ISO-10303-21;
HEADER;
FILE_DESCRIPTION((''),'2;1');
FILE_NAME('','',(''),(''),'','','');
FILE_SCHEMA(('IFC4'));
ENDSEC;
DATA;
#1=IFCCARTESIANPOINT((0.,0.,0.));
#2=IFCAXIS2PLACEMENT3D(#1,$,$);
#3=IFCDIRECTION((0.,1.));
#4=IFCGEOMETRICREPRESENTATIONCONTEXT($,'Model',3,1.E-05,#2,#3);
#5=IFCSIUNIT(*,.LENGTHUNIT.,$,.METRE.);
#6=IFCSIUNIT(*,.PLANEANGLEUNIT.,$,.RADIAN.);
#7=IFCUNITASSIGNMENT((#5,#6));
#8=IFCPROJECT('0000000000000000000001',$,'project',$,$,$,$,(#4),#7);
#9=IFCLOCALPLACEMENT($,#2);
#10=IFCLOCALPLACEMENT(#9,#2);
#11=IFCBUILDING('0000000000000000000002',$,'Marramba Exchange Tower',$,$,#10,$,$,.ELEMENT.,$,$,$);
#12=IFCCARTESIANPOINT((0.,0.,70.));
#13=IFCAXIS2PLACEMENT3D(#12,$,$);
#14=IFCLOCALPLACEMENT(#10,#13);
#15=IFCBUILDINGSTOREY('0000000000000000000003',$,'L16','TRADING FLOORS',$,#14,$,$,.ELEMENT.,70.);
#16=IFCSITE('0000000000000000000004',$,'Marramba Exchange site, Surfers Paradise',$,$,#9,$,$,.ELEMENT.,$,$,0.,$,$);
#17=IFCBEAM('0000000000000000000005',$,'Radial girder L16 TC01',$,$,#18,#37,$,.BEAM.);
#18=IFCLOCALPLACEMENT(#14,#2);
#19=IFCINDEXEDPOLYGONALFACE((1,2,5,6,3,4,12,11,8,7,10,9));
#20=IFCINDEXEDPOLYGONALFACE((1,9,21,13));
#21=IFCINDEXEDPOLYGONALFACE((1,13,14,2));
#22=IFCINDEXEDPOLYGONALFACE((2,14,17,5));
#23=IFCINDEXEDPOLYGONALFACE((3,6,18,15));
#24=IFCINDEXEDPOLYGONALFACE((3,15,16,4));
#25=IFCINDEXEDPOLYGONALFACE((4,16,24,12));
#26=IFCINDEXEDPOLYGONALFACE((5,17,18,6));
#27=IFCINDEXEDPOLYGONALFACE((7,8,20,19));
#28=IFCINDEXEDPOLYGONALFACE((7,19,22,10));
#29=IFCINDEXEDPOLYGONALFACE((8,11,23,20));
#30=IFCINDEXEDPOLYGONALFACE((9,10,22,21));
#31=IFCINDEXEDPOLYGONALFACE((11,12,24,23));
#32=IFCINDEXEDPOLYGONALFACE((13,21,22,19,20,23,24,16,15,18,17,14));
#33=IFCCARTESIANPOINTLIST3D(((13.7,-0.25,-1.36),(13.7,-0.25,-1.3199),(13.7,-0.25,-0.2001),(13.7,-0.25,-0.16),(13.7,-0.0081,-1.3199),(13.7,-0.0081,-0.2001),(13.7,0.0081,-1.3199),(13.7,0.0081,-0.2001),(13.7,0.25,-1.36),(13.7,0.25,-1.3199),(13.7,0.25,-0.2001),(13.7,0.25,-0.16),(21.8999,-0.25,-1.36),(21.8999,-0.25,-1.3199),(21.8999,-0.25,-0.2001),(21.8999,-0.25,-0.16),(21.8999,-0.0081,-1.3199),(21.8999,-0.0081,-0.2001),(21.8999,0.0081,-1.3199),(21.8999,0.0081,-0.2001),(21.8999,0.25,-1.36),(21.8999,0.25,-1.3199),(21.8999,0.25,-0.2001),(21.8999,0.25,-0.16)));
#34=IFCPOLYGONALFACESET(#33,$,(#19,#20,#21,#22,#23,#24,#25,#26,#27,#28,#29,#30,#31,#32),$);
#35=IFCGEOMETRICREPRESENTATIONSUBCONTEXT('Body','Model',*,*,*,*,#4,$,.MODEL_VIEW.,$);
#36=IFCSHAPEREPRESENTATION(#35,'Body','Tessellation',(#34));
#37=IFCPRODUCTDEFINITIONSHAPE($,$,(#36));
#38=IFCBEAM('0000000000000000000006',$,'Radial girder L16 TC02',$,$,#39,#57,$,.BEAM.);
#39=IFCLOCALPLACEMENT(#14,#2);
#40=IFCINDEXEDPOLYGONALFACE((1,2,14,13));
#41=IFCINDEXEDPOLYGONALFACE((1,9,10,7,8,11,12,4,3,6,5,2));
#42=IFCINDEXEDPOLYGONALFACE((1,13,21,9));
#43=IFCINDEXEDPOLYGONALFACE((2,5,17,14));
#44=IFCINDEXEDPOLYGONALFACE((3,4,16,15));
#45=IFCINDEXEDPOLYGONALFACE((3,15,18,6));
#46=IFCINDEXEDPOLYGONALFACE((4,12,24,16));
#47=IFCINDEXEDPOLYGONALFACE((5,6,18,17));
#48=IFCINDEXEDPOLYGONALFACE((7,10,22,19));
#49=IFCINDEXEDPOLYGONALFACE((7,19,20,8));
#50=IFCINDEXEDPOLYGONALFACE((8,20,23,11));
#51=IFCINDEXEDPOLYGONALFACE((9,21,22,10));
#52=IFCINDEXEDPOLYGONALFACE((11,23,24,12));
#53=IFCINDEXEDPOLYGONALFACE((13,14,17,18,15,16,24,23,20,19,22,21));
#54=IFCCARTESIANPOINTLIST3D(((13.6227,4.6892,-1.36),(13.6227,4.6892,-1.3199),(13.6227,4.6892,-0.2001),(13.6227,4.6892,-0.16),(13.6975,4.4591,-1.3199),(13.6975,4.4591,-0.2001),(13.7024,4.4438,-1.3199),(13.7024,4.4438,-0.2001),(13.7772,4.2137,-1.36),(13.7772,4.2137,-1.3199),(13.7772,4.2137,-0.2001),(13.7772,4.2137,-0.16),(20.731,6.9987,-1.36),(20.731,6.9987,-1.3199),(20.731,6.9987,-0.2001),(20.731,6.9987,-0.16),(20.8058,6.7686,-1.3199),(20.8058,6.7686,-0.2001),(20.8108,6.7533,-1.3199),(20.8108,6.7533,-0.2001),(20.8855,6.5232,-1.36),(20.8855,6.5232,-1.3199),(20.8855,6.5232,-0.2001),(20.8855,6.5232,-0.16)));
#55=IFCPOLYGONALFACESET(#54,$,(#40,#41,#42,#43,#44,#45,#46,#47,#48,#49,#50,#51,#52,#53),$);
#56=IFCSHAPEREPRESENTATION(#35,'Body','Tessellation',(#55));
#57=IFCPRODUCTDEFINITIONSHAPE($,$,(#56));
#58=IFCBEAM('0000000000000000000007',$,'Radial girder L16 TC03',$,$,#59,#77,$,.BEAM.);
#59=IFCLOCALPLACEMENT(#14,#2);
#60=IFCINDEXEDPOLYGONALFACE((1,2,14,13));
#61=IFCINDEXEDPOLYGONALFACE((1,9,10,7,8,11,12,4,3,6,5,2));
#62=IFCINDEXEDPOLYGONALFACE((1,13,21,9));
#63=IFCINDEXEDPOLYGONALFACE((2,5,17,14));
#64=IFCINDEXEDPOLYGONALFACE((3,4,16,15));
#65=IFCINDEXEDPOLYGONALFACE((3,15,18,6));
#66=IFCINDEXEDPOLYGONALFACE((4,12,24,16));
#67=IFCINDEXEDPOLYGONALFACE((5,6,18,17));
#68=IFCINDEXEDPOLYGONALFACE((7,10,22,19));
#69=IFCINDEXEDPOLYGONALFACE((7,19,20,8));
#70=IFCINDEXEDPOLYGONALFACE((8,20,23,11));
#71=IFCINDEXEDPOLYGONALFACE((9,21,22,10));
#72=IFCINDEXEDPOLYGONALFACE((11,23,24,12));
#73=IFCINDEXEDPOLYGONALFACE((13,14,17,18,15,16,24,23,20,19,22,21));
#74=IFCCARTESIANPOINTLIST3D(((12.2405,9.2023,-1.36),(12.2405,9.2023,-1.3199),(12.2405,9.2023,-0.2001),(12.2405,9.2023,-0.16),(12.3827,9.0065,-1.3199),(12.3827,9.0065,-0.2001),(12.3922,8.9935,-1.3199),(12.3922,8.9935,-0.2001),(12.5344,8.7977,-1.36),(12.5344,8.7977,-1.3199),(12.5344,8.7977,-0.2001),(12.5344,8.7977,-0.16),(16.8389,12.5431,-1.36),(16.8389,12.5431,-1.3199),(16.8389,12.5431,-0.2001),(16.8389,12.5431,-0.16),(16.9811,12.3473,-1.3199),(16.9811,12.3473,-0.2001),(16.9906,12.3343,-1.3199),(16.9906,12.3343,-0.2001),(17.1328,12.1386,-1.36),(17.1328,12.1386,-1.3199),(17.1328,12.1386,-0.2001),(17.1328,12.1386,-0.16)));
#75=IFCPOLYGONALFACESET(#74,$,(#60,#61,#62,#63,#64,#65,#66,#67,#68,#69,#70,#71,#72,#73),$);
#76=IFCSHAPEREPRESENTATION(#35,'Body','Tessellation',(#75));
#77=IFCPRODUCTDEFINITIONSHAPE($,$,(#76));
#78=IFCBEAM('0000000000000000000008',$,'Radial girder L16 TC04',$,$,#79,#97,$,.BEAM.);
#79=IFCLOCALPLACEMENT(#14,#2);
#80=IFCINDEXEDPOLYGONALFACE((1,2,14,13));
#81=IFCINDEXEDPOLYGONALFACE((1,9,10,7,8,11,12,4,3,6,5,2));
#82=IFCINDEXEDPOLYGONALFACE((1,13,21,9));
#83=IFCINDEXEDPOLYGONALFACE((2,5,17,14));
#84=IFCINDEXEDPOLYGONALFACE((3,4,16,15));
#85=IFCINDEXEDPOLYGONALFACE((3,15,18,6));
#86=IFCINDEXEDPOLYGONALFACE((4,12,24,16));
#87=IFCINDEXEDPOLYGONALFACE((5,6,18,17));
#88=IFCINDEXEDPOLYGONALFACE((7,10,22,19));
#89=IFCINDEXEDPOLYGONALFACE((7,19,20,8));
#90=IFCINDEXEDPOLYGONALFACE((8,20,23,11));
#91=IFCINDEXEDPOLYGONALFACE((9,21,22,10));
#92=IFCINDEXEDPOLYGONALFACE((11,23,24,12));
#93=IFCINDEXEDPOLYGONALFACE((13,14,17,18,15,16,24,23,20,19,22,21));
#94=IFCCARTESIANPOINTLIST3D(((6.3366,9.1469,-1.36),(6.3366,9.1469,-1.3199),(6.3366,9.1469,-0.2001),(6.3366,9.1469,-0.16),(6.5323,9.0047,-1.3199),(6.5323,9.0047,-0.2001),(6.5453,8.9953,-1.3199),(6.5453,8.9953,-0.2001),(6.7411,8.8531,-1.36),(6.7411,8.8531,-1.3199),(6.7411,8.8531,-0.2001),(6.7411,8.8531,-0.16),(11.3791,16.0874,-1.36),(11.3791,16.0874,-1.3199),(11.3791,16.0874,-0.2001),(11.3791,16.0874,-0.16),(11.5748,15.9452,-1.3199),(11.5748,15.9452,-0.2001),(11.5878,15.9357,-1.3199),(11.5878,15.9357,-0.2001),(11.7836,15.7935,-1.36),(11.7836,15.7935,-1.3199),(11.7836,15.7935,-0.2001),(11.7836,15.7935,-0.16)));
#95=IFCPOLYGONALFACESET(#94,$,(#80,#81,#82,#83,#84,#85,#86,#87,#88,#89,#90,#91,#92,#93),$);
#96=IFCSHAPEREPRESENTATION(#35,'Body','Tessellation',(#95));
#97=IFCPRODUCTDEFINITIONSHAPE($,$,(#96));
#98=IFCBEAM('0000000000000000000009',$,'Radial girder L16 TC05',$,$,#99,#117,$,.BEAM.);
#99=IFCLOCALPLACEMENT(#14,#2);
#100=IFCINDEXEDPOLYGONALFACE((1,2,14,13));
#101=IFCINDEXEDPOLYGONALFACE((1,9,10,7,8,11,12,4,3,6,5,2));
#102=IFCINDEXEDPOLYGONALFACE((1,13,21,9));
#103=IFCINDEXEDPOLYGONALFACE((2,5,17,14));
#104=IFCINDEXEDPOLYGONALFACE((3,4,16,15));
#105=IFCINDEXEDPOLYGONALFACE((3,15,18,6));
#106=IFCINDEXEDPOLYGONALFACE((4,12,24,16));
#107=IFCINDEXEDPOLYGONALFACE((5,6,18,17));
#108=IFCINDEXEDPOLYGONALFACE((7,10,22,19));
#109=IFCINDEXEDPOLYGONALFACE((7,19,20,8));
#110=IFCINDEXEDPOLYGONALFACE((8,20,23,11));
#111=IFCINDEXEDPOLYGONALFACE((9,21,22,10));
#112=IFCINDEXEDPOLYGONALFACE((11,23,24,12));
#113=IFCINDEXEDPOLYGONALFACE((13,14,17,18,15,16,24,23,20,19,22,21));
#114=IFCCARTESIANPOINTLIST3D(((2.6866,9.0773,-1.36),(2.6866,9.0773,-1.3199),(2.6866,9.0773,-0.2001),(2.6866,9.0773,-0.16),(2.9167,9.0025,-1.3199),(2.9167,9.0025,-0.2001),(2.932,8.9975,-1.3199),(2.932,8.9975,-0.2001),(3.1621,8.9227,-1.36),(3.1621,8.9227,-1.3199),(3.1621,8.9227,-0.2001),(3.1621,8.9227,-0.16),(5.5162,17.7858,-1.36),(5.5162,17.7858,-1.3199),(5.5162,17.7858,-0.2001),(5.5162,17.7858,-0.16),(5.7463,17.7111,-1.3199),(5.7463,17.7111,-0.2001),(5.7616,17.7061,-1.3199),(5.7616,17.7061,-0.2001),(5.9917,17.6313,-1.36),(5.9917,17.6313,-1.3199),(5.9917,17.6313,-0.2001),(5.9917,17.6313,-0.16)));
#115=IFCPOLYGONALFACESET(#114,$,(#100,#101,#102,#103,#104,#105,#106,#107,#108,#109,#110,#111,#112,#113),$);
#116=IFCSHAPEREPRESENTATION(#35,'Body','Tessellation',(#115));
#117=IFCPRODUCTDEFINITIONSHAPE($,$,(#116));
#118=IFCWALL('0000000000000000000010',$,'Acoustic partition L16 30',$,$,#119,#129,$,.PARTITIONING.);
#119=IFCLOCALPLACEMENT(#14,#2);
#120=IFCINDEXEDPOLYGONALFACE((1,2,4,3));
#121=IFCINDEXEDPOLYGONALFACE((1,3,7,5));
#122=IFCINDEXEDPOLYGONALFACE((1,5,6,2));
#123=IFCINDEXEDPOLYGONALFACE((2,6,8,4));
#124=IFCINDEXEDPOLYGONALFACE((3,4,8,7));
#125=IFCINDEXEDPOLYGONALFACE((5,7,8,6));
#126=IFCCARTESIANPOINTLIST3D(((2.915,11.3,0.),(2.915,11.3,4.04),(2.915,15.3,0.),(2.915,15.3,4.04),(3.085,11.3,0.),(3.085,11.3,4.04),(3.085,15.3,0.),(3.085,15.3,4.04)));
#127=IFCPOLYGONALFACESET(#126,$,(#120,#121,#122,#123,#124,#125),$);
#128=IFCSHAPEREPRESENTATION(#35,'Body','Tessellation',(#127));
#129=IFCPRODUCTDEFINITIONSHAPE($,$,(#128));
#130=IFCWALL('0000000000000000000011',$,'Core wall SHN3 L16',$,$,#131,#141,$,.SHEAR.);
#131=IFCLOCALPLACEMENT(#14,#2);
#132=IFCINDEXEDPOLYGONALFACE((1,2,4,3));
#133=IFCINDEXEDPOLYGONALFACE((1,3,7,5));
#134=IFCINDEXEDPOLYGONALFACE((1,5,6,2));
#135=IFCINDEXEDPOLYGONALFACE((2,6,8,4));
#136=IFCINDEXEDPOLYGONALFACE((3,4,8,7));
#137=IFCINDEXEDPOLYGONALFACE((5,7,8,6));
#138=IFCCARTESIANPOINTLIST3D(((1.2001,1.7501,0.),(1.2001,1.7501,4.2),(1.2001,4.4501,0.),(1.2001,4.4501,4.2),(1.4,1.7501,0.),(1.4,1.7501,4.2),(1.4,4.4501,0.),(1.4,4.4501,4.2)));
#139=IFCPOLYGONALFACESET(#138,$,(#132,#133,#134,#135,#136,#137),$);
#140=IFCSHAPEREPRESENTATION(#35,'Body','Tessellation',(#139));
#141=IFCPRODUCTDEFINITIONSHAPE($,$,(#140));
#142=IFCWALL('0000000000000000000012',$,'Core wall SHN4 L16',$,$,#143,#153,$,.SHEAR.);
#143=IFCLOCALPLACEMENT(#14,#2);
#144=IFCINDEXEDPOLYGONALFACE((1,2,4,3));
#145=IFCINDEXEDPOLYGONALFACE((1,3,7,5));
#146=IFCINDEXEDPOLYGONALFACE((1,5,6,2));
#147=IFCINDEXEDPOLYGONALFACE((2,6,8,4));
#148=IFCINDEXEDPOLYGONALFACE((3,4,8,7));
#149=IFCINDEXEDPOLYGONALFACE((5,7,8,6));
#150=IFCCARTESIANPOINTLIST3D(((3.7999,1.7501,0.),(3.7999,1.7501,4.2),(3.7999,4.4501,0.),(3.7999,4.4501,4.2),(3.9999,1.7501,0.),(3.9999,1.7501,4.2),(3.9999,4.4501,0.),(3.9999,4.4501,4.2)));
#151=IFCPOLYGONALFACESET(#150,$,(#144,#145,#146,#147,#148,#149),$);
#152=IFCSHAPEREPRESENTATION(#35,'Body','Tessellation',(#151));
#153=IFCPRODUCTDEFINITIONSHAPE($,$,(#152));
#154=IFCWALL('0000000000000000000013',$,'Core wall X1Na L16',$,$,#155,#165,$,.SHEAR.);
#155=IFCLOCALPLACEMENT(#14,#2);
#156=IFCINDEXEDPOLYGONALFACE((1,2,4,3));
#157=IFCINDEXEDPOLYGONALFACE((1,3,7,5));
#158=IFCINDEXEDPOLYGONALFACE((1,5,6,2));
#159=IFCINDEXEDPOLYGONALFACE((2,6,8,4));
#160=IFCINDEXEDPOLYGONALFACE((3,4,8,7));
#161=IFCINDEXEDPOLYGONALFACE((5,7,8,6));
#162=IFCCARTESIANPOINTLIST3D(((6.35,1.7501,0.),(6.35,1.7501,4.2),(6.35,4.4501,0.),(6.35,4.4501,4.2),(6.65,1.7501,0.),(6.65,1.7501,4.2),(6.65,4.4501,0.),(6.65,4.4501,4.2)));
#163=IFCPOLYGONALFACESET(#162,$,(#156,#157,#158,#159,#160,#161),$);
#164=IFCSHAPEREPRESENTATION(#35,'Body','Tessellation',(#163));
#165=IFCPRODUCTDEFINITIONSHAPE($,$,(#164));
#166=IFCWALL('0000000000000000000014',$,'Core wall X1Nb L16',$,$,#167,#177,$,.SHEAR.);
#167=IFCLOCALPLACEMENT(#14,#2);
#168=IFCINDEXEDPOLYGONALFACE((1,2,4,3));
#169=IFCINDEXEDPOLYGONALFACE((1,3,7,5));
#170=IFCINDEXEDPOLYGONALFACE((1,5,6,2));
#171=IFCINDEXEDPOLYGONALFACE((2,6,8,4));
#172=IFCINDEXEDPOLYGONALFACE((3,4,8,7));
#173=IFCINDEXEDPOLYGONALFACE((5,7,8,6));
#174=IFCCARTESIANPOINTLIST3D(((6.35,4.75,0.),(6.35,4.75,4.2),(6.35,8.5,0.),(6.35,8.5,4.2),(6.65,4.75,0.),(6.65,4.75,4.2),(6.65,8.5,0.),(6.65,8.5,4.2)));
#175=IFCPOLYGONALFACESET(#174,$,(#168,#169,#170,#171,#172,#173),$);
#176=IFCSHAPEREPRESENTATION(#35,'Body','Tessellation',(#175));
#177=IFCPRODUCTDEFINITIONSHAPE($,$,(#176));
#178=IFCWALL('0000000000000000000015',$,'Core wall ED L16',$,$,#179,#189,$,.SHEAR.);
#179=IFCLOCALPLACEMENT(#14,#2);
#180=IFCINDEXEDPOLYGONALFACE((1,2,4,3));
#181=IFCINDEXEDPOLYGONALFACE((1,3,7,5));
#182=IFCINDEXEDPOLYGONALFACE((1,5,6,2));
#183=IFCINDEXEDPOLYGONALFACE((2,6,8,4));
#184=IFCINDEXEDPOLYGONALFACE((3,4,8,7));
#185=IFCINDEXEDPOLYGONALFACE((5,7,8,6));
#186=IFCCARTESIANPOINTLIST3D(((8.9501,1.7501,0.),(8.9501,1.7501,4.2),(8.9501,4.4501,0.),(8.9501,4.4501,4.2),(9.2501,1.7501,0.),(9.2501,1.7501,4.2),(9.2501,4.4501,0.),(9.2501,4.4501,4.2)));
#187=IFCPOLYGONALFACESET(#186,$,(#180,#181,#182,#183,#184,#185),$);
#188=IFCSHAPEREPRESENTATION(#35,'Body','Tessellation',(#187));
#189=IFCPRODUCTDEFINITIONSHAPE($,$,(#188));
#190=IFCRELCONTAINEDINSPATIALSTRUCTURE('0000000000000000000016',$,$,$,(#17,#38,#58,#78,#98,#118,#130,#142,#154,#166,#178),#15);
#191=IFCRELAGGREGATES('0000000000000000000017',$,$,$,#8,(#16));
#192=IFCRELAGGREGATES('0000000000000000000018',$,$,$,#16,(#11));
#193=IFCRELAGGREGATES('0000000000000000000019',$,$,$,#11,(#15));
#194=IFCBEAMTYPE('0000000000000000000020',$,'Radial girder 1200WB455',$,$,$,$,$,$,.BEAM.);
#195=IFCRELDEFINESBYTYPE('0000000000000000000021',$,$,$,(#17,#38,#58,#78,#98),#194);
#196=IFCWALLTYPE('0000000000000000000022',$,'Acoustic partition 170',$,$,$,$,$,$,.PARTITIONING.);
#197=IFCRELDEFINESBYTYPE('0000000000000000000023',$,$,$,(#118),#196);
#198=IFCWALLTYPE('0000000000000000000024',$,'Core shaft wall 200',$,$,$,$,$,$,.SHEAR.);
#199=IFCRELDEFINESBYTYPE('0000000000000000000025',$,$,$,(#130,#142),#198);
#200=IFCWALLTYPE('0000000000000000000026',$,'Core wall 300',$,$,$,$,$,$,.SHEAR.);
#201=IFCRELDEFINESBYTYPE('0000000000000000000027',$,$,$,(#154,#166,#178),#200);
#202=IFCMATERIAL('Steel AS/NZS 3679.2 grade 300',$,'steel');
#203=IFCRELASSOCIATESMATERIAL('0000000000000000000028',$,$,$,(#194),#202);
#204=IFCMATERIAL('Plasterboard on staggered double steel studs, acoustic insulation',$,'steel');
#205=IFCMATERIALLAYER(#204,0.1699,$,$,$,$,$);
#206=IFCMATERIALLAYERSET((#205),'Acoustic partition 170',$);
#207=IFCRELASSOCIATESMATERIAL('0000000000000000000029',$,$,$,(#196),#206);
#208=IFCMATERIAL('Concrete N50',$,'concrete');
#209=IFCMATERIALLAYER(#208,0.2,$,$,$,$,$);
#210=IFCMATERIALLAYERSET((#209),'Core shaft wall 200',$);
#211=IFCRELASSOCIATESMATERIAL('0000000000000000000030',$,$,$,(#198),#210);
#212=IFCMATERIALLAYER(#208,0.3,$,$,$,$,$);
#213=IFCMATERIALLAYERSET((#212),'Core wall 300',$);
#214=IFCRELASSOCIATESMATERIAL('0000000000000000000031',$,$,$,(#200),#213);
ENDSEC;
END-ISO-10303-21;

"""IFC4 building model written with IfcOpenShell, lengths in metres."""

from ifc_helpers import new_model, si_unit, direction, frame, frame_2d, origin, origin_2d, place, context, subcontext, project, spatial, rectangle, i_section, extrude, material, layer, layer_set, material_profile, profile_set, type_object, element, save


model = new_model("IFC4")

# Units and contexts
model_context = context("Model", 3, precision=1e-05, world=origin(), true_north=direction((0.0, 1.0)))
body_context = subcontext(model_context, "Body", "Model", "MODEL_VIEW")
ifc_project = project(units=[si_unit("LENGTHUNIT", "METRE"), si_unit("PLANEANGLEUNIT", "RADIAN")], contexts=[model_context])

# Site, building, storey
site_placement = place(None, origin())
site = spatial("IfcSite", under=ifc_project, at=site_placement, Name="Marramba Exchange site, Surfers Paradise", CompositionType="ELEMENT", RefElevation=0.0)
building_placement = place(site_placement, origin())
building = spatial("IfcBuilding", under=site, at=building_placement, Name="Marramba Exchange Tower", CompositionType="ELEMENT")
storey_placement = place(building_placement, frame((0.0, 0.0, 70.0)))
storey = spatial("IfcBuildingStorey", under=building, at=storey_placement, Name="L16", Description="TRADING FLOORS", CompositionType="ELEMENT", Elevation=70.0)

# Beams
ifc_material_1 = material(Name="Steel AS/NZS 3679.2 grade 300", Category="steel")
ifc_material_profile = material_profile(ifc_material_1, i_section(OverallWidth=0.5, OverallDepth=1.2, WebThickness=0.0161, FlangeThickness=0.04, at=origin_2d()), Name="1200WB455")
ifc_profile_set = profile_set([ifc_material_profile], Name="Steel AS/NZS 3679.2 grade 300")
beam_type = type_object("IfcBeamType", Name="Radial girder 1200WB455", PredefinedType="BEAM", material=ifc_profile_set)
beam_1_placement = place(storey_placement, frame((13.7, 0.0, -0.76), z_axis=(1.0, 0.0, 0.0), x_axis=(0.0, 1.0, 0.0)))
element("IfcBeam", 1, at=beam_1_placement, inside=storey, type_object=beam_type, Name="Radial girder L16 TC01", PredefinedType="BEAM", context=body_context, shape_type="SweptSolid", body=[
    extrude(i_section(OverallWidth=0.5, OverallDepth=1.2, WebThickness=0.0161, FlangeThickness=0.04, at=origin_2d()), origin(), (0.0, 0.0, 1.0), 8.2),
])
beam_2_placement = place(storey_placement, frame((13.7, 4.4514, -0.76), z_axis=(0.95106, 0.309006, 0.0), x_axis=(-0.309006, 0.95106, 0.0)))
element("IfcBeam", 2, at=beam_2_placement, inside=storey, type_object=beam_type, Name="Radial girder L16 TC02", PredefinedType="BEAM", context=body_context, shape_type="SweptSolid", body=[
    extrude(i_section(OverallWidth=0.5, OverallDepth=1.2, WebThickness=0.0161, FlangeThickness=0.04, at=origin_2d()), origin(), (0.0, 0.0, 1.0), 7.4741),
])
beam_3_placement = place(storey_placement, frame((12.3875, 9.0, -0.76), z_axis=(0.809026, 0.587773, 0.0), x_axis=(-0.587773, 0.809026, 0.0)))
element("IfcBeam", 3, at=beam_3_placement, inside=storey, type_object=beam_type, Name="Radial girder L16 TC03", PredefinedType="BEAM", context=body_context, shape_type="SweptSolid", body=[
    extrude(i_section(OverallWidth=0.5, OverallDepth=1.2, WebThickness=0.0161, FlangeThickness=0.04, at=origin_2d()), origin(), (0.0, 0.0, 1.0), 5.6838),
])
beam_4_placement = place(storey_placement, frame((6.5388, 9.0, -0.76), z_axis=(0.587782, 0.809019, 0.0), x_axis=(-0.809019, 0.587782, 0.0)))
element("IfcBeam", 4, at=beam_4_placement, inside=storey, type_object=beam_type, Name="Radial girder L16 TC04", PredefinedType="BEAM", context=body_context, shape_type="SweptSolid", body=[
    extrude(i_section(OverallWidth=0.5, OverallDepth=1.2, WebThickness=0.0161, FlangeThickness=0.04, at=origin_2d()), origin(), (0.0, 0.0, 1.0), 8.5789),
])
beam_5_placement = place(storey_placement, frame((2.9243, 9.0, -0.76), z_axis=(0.30902, 0.951056, 0.0), x_axis=(-0.951056, 0.30902, 0.0)))
element("IfcBeam", 5, at=beam_5_placement, inside=storey, type_object=beam_type, Name="Radial girder L16 TC05", PredefinedType="BEAM", context=body_context, shape_type="SweptSolid", body=[
    extrude(i_section(OverallWidth=0.5, OverallDepth=1.2, WebThickness=0.0161, FlangeThickness=0.04, at=origin_2d()), origin(), (0.0, 0.0, 1.0), 9.1567),
])

# Walls
ifc_material_2 = material(Name="Plasterboard on staggered double steel studs, acoustic insulation", Category="steel")
ifc_layer_1 = layer(ifc_material_2, 0.1699)
ifc_layer_set_1 = layer_set([ifc_layer_1], Name="Acoustic partition 170")
wall_type_1 = type_object("IfcWallType", Name="Acoustic partition 170", PredefinedType="PARTITIONING", material=ifc_layer_set_1)
wall_1_placement = place(storey_placement, frame((3.0, 11.3, 0.0), z_axis=(0.0, 0.0, 1.0), x_axis=(0.0, 1.0, 0.0)))
element("IfcWall", 6, at=wall_1_placement, inside=storey, type_object=wall_type_1, Name="Acoustic partition L16 30", PredefinedType="PARTITIONING", context=body_context, shape_type="SweptSolid", body=[
    extrude(rectangle(XDim=4.0, YDim=0.1699, at=frame_2d((2.0, 0.0))), origin(), (0.0, 0.0, 1.0), 4.04),
])
ifc_material_3 = material(Name="Concrete N50", Category="concrete")
ifc_layer_2 = layer(ifc_material_3, 0.2)
ifc_layer_set_2 = layer_set([ifc_layer_2], Name="Core shaft wall 200")
wall_type_2 = type_object("IfcWallType", Name="Core shaft wall 200", PredefinedType="SHEAR", material=ifc_layer_set_2)
for number, where, z_axis, x_axis, name in (
    (7, (1.3, 1.75, 0.0), (0.0, 0.0, 1.0), (0.0, 1.0, 0.0), "Core wall SHN3 L16"),
    (8, (3.8999, 1.75, 0.0), (0.0, 0.0, 1.0), (0.0, 1.0, 0.0), "Core wall SHN4 L16"),
):
    element("IfcWall", number, at=place(storey_placement, frame(where, z_axis=z_axis, x_axis=x_axis)), inside=storey, type_object=wall_type_2, Name=name, PredefinedType="SHEAR", context=body_context, shape_type="SweptSolid", body=[
        extrude(rectangle(XDim=2.7, YDim=0.2, at=frame_2d((1.3501, 0.0))), origin(), (0.0, 0.0, 1.0), 4.2),
    ])

# Walls
ifc_layer_3 = layer(ifc_material_3, 0.3)
ifc_layer_set_3 = layer_set([ifc_layer_3], Name="Core wall 300")
wall_type_3 = type_object("IfcWallType", Name="Core wall 300", PredefinedType="SHEAR", material=ifc_layer_set_3)
wall_2_placement = place(storey_placement, frame((6.5, 1.75, 0.0), z_axis=(0.0, 0.0, 1.0), x_axis=(0.0, 1.0, 0.0)))
element("IfcWall", 9, at=wall_2_placement, inside=storey, type_object=wall_type_3, Name="Core wall X1Na L16", PredefinedType="SHEAR", context=body_context, shape_type="SweptSolid", body=[
    extrude(rectangle(XDim=2.7, YDim=0.3, at=frame_2d((1.3501, 0.0))), origin(), (0.0, 0.0, 1.0), 4.2),
])
wall_3_placement = place(storey_placement, frame((6.5, 4.75, 0.0), z_axis=(0.0, 0.0, 1.0), x_axis=(0.0, 1.0, 0.0)))
element("IfcWall", 10, at=wall_3_placement, inside=storey, type_object=wall_type_3, Name="Core wall X1Nb L16", PredefinedType="SHEAR", context=body_context, shape_type="SweptSolid", body=[
    extrude(rectangle(XDim=3.75, YDim=0.3, at=frame_2d((1.875, 0.0))), origin(), (0.0, 0.0, 1.0), 4.2),
])
wall_4_placement = place(storey_placement, frame((9.1001, 1.75, 0.0), z_axis=(0.0, 0.0, 1.0), x_axis=(0.0, 1.0, 0.0)))
element("IfcWall", 11, at=wall_4_placement, inside=storey, type_object=wall_type_3, Name="Core wall ED L16", PredefinedType="SHEAR", context=body_context, shape_type="SweptSolid", body=[
    extrude(rectangle(XDim=2.7, YDim=0.3, at=frame_2d((1.3501, 0.0))), origin(), (0.0, 0.0, 1.0), 4.2),
])

save(model, "model.ifc")
